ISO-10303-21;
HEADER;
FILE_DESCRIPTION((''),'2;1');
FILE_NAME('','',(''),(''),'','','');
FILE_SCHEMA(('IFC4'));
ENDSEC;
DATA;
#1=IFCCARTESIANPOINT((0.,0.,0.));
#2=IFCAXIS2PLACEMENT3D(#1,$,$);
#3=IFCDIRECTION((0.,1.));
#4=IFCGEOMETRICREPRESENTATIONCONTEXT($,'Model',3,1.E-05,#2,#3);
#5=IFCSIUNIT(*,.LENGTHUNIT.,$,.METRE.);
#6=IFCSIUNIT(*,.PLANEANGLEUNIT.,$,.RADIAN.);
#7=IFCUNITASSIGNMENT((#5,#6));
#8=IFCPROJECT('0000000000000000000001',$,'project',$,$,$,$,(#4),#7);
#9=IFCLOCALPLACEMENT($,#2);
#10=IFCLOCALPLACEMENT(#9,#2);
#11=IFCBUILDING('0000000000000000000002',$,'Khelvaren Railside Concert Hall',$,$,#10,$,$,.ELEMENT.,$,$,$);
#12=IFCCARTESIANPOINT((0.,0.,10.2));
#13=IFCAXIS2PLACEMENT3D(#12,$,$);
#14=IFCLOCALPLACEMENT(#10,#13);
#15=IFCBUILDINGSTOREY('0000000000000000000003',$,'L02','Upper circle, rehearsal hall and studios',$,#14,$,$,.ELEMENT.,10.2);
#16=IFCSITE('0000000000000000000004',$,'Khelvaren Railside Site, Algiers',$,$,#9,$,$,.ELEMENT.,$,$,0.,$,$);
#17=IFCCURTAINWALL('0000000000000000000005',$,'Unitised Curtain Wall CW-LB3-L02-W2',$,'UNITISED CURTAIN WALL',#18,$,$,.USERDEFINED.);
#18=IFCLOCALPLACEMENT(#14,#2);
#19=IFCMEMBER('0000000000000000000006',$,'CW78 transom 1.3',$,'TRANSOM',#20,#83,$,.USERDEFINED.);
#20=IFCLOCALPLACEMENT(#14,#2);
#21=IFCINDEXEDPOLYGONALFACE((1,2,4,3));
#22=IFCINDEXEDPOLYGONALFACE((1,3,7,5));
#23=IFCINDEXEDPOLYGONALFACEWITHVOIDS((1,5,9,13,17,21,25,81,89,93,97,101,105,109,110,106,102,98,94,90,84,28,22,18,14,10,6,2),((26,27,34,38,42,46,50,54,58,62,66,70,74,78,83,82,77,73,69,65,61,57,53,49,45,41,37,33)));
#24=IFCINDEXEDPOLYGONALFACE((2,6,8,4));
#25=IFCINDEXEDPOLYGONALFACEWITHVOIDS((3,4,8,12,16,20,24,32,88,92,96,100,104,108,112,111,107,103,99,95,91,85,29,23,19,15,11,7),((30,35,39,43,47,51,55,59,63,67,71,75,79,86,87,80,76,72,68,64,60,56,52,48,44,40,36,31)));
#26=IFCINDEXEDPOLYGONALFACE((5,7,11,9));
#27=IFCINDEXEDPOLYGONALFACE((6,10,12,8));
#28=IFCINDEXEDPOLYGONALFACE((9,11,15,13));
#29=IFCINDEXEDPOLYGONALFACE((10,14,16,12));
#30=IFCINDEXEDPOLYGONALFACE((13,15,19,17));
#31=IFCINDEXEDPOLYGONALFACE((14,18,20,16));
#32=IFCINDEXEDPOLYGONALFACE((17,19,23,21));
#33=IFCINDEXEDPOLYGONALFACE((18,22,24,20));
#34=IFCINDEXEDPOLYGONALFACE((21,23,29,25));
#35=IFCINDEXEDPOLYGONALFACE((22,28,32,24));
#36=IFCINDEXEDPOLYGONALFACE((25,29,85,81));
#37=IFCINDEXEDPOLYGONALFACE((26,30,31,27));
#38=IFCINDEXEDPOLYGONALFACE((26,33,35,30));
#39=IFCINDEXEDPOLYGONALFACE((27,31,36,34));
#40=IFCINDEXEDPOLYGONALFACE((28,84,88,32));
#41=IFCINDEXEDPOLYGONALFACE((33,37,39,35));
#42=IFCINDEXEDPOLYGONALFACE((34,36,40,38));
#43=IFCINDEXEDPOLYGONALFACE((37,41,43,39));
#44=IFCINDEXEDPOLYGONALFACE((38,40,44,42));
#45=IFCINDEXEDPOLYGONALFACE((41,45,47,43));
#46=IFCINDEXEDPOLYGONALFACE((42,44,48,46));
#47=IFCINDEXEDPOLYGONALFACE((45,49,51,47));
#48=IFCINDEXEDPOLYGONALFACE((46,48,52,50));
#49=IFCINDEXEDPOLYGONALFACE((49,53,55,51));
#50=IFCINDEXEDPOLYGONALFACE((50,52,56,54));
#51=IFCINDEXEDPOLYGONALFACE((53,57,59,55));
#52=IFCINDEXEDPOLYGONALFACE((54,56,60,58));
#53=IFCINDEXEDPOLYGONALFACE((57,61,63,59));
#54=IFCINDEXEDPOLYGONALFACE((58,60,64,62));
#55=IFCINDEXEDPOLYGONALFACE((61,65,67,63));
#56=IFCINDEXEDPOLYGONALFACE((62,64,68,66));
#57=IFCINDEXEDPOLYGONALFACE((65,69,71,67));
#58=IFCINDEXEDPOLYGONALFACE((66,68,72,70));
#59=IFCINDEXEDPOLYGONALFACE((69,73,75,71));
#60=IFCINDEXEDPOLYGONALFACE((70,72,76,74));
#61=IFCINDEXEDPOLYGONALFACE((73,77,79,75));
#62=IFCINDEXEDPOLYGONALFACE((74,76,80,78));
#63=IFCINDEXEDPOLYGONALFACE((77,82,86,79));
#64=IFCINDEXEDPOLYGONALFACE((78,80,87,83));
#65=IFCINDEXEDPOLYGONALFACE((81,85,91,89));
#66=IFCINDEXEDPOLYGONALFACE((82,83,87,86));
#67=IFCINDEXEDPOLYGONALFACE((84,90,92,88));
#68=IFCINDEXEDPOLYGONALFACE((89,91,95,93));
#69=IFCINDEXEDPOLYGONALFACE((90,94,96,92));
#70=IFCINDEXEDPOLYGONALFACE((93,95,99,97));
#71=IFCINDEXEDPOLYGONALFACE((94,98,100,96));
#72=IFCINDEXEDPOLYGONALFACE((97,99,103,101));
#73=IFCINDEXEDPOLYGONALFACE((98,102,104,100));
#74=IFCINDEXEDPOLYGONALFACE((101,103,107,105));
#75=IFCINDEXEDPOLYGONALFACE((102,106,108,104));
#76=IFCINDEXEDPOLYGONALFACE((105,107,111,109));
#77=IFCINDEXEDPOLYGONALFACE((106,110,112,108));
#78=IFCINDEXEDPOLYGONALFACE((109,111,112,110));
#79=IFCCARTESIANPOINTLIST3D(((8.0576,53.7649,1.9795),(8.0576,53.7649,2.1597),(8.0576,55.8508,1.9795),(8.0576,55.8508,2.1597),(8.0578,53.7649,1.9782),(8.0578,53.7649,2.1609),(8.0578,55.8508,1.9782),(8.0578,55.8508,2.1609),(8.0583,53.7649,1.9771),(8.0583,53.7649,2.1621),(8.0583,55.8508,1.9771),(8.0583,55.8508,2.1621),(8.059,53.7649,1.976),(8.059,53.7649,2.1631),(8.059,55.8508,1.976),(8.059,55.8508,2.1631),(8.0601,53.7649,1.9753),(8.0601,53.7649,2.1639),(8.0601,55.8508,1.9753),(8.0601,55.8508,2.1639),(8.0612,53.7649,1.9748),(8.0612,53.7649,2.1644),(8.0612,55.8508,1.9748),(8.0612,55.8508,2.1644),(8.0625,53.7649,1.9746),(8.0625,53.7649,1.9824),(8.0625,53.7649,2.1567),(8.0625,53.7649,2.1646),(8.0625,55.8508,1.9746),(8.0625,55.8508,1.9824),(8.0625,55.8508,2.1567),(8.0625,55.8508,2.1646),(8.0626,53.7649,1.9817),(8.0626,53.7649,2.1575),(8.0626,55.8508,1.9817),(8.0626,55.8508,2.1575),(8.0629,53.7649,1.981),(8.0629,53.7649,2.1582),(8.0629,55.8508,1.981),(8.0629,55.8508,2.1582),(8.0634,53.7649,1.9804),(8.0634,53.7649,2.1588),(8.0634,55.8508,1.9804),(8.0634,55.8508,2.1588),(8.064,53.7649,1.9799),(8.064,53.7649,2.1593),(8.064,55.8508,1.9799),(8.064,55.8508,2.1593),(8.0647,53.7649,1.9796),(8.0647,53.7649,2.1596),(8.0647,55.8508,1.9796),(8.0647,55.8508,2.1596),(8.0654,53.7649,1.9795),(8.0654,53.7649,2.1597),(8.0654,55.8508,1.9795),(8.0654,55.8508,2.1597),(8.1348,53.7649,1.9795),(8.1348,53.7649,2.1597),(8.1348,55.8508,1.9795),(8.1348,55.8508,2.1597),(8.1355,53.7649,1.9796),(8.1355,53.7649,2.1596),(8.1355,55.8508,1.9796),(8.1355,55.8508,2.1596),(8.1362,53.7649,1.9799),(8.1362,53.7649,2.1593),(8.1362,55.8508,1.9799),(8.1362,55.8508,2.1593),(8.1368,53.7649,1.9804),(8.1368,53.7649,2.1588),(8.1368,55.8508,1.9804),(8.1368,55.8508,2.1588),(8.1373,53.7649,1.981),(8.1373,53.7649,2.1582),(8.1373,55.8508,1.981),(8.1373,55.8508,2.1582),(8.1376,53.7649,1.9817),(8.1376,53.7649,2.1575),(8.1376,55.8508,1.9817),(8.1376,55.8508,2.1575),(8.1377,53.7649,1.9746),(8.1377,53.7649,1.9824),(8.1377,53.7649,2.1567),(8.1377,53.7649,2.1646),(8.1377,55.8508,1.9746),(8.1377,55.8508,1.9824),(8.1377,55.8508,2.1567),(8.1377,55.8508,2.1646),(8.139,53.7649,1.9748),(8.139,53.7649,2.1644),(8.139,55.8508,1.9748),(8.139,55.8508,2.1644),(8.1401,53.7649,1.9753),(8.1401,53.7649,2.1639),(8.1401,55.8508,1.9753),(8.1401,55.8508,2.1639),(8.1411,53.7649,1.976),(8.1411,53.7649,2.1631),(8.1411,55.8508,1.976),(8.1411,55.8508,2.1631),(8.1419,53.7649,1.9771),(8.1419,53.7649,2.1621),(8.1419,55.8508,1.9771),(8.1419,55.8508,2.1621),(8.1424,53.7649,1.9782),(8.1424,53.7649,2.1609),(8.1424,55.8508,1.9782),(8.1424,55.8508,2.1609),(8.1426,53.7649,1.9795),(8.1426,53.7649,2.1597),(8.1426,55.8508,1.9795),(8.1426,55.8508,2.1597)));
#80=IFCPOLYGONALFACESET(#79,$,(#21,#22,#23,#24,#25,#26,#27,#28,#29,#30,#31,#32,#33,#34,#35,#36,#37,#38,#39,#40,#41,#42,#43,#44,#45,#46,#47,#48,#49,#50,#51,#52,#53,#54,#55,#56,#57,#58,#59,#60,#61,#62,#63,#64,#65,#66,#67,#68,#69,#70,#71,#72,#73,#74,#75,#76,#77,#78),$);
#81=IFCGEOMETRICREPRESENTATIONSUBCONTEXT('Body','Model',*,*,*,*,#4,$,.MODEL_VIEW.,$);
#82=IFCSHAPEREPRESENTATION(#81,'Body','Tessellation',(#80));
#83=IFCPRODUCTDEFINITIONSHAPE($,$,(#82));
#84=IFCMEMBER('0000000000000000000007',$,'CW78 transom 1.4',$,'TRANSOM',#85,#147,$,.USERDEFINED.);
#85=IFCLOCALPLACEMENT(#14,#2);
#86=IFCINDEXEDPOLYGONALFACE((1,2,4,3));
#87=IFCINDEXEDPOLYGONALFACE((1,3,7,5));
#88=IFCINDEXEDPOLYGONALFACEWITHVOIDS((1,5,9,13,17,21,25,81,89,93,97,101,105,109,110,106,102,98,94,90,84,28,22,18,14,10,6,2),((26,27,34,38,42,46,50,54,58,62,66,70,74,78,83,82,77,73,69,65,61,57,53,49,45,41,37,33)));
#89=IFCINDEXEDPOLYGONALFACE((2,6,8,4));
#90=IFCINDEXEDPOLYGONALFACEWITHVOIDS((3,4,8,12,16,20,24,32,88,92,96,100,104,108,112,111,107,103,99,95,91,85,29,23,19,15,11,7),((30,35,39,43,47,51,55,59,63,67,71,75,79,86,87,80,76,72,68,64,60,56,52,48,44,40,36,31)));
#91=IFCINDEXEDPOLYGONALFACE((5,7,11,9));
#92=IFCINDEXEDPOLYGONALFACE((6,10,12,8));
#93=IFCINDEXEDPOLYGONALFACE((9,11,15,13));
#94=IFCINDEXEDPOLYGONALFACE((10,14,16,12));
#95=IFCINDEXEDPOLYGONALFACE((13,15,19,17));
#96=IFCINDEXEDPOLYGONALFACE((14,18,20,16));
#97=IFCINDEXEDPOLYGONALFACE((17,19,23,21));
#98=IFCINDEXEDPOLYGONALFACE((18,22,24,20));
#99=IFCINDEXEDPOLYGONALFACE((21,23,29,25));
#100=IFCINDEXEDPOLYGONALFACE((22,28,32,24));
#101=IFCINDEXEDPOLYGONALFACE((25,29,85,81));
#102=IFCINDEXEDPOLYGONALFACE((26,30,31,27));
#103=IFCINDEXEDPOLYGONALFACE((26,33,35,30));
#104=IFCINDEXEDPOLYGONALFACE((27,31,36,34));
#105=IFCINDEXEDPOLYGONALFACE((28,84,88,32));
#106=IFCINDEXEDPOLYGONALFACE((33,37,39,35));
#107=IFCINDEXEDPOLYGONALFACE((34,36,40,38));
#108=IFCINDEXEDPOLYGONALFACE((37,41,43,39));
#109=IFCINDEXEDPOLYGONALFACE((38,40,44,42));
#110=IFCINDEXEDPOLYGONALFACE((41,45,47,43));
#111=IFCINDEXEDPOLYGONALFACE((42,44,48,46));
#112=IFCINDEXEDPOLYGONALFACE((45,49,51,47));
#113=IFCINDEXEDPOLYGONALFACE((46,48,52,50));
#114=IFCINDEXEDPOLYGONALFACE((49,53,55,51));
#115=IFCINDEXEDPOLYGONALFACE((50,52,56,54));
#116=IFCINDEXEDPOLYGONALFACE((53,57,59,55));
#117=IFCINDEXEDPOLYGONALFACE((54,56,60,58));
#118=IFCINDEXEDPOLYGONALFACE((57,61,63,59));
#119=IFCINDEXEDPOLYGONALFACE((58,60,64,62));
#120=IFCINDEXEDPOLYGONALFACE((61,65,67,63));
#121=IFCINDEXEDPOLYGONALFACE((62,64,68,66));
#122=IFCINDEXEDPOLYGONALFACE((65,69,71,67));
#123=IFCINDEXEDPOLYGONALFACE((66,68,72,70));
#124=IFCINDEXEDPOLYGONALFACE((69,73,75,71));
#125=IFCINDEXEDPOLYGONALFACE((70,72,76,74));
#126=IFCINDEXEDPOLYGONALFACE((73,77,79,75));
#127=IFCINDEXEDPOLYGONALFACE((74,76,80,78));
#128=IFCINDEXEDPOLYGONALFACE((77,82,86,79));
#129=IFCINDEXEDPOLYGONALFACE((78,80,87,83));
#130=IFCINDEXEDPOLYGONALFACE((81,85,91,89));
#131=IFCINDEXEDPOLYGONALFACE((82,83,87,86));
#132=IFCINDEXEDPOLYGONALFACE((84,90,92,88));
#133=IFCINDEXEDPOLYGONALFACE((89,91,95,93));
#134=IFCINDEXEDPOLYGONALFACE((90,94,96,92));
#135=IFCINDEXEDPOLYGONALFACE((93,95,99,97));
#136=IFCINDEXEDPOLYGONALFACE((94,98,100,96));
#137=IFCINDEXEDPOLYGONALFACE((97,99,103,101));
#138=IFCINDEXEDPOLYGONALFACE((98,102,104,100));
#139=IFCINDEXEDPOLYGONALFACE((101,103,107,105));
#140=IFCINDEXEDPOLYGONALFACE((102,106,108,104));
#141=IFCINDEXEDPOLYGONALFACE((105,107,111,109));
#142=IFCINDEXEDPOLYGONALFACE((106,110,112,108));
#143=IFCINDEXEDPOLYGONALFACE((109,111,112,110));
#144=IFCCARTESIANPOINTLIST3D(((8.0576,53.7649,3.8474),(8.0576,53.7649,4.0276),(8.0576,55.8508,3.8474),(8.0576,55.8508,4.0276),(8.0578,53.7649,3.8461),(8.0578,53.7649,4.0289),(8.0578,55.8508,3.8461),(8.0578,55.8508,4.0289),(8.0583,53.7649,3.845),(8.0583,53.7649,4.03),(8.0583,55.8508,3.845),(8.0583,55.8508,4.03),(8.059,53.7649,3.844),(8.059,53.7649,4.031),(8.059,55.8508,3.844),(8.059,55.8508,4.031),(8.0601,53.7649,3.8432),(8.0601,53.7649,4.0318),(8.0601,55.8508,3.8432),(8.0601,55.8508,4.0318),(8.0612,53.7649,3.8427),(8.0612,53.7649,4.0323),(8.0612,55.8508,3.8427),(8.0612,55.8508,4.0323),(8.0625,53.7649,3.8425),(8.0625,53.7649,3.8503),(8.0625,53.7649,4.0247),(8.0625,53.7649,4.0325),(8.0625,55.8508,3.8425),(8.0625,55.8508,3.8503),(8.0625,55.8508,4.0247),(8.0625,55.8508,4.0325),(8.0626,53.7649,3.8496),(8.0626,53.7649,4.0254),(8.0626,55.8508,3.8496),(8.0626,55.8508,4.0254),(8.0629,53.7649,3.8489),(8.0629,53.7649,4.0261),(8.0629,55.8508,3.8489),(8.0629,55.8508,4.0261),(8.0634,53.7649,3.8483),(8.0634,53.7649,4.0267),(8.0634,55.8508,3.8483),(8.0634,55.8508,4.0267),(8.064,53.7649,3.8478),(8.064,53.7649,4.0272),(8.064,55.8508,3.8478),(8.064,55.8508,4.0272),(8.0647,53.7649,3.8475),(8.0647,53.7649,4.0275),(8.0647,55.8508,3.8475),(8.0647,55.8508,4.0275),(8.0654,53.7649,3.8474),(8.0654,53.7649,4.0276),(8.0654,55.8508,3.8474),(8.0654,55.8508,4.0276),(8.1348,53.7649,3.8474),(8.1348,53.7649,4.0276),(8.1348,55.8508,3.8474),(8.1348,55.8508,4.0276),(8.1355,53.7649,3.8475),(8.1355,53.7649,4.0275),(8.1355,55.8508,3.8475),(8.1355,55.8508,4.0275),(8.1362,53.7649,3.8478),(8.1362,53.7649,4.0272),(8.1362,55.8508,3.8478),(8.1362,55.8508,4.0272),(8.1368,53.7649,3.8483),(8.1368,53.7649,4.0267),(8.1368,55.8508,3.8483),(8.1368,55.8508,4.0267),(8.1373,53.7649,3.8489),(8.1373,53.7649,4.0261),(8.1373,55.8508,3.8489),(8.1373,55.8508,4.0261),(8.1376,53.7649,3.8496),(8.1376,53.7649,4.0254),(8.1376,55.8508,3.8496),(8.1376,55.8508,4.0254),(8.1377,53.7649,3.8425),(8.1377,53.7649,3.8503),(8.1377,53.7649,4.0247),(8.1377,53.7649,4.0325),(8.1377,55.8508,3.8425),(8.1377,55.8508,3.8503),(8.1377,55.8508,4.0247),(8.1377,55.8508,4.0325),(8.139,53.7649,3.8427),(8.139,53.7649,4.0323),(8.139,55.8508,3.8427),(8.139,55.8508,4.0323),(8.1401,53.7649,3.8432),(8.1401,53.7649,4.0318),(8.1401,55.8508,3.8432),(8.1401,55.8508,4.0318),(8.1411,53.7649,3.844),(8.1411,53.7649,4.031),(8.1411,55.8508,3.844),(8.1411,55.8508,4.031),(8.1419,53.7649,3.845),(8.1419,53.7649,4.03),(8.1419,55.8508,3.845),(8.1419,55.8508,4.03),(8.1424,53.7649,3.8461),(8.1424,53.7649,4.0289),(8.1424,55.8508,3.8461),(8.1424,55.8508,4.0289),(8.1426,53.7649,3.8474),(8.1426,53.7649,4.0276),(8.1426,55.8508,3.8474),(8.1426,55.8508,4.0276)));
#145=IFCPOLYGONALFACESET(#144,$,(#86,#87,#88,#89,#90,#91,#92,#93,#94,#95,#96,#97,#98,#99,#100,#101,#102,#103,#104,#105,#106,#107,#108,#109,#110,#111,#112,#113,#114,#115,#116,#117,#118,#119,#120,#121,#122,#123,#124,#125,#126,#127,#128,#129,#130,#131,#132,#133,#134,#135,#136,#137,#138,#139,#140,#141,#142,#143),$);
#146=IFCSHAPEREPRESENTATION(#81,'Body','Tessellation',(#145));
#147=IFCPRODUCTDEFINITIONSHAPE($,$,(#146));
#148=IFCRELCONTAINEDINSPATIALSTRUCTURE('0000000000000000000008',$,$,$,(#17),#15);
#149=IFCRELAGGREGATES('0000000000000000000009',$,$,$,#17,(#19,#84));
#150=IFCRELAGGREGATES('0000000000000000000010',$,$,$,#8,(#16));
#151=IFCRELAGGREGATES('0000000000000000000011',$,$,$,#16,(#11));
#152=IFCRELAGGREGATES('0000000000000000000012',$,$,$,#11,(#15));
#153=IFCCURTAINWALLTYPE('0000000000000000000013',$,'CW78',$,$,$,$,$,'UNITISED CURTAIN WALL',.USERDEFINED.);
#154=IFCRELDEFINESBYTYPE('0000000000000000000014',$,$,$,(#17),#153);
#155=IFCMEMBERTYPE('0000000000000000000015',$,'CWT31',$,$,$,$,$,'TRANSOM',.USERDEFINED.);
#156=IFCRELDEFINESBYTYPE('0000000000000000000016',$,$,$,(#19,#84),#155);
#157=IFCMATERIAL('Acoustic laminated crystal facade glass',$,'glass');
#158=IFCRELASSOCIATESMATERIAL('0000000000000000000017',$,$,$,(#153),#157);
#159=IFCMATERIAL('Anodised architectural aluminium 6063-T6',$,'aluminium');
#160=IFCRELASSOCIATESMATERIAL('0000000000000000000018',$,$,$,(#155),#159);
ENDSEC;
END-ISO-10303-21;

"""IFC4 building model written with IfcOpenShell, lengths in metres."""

from ifc_helpers import new_model, si_unit, direction, frame, origin, origin_2d, place, context, subcontext, project, spatial, hollow_rectangle, extrude, material, material_profile, profile_set, type_object, element, aggregate, save


model = new_model("IFC4")

# Units and contexts
model_context = context("Model", 3, precision=1e-05, world=origin(), true_north=direction((0.0, 1.0)))
body_context = subcontext(model_context, "Body", "Model", "MODEL_VIEW")
ifc_project = project(units=[si_unit("LENGTHUNIT", "METRE"), si_unit("PLANEANGLEUNIT", "RADIAN")], contexts=[model_context])

# Site, building, storey
site_placement = place(None, origin())
site = spatial("IfcSite", under=ifc_project, at=site_placement, Name="Khelvaren Railside Site, Algiers", CompositionType="ELEMENT", RefElevation=0.0)
building_placement = place(site_placement, origin())
building = spatial("IfcBuilding", under=site, at=building_placement, Name="Khelvaren Railside Concert Hall", CompositionType="ELEMENT")
storey_placement = place(building_placement, frame((0.0, 0.0, 10.2)))
storey = spatial("IfcBuildingStorey", under=building, at=storey_placement, Name="L02", Description="Upper circle, rehearsal hall and studios", CompositionType="ELEMENT", Elevation=10.2)

# Curtain wall
ifc_material_1 = material(Name="Acoustic laminated crystal facade glass", Category="glass")
curtain_wall_type = type_object("IfcCurtainWallType", Name="CW78", ElementType="UNITISED CURTAIN WALL", PredefinedType="USERDEFINED", material=ifc_material_1)
ifc_material_2 = material(Name="Anodised architectural aluminium 6063-T6", Category="aluminium")
curtain_wall_1_placement = place(storey_placement, origin())
curtain_wall_1 = element("IfcCurtainWall", 1, at=curtain_wall_1_placement, inside=storey, type_object=curtain_wall_type, Name="Unitised Curtain Wall CW-LB3-L02-W2", ObjectType="UNITISED CURTAIN WALL", PredefinedType="USERDEFINED")

# Members
ifc_material_profile_1 = material_profile(ifc_material_2, hollow_rectangle(XDim=0.085, YDim=0.1899, WallThickness=0.0049, InnerFilletRadius=0.0029, OuterFilletRadius=0.0049, at=origin_2d()), Name="CWT 85x190x5")
ifc_profile_set_1 = profile_set([ifc_material_profile_1], Name="Anodised architectural aluminium 6063-T6")
member_type_1 = type_object("IfcMemberType", Name="CWT31", ElementType="TRANSOM", PredefinedType="USERDEFINED", material=ifc_profile_set_1)
member_1_placement = place(storey_placement, frame((8.1001, 53.7649, 2.0696), z_axis=(0.0, 1.0, 0.0), x_axis=(-1.0, 0.0, 0.0)))
member_1 = element("IfcMember", 2, at=member_1_placement, type_object=member_type_1, Name="CW78 transom 1.3", ObjectType="TRANSOM", PredefinedType="USERDEFINED", context=body_context, shape_type="SweptSolid", body=[
    extrude(hollow_rectangle(XDim=0.085, YDim=0.1899, WallThickness=0.0049, InnerFilletRadius=0.0029, OuterFilletRadius=0.0049, at=origin_2d()), origin(), (0.0, 0.0, 1.0), 2.0859),
])
member_2_placement = place(storey_placement, frame((8.1001, 53.7649, 3.9375), z_axis=(0.0, 1.0, 0.0), x_axis=(-1.0, 0.0, 0.0)))
member_2 = element("IfcMember", 3, at=member_2_placement, type_object=member_type_1, Name="CW78 transom 1.4", ObjectType="TRANSOM", PredefinedType="USERDEFINED", context=body_context, shape_type="SweptSolid", body=[
    extrude(hollow_rectangle(XDim=0.085, YDim=0.1899, WallThickness=0.0049, InnerFilletRadius=0.0029, OuterFilletRadius=0.0049, at=origin_2d()), origin(), (0.0, 0.0, 1.0), 2.0859),
])

aggregate(curtain_wall_1, [member_1, member_2])

save(model, "model.ifc")
